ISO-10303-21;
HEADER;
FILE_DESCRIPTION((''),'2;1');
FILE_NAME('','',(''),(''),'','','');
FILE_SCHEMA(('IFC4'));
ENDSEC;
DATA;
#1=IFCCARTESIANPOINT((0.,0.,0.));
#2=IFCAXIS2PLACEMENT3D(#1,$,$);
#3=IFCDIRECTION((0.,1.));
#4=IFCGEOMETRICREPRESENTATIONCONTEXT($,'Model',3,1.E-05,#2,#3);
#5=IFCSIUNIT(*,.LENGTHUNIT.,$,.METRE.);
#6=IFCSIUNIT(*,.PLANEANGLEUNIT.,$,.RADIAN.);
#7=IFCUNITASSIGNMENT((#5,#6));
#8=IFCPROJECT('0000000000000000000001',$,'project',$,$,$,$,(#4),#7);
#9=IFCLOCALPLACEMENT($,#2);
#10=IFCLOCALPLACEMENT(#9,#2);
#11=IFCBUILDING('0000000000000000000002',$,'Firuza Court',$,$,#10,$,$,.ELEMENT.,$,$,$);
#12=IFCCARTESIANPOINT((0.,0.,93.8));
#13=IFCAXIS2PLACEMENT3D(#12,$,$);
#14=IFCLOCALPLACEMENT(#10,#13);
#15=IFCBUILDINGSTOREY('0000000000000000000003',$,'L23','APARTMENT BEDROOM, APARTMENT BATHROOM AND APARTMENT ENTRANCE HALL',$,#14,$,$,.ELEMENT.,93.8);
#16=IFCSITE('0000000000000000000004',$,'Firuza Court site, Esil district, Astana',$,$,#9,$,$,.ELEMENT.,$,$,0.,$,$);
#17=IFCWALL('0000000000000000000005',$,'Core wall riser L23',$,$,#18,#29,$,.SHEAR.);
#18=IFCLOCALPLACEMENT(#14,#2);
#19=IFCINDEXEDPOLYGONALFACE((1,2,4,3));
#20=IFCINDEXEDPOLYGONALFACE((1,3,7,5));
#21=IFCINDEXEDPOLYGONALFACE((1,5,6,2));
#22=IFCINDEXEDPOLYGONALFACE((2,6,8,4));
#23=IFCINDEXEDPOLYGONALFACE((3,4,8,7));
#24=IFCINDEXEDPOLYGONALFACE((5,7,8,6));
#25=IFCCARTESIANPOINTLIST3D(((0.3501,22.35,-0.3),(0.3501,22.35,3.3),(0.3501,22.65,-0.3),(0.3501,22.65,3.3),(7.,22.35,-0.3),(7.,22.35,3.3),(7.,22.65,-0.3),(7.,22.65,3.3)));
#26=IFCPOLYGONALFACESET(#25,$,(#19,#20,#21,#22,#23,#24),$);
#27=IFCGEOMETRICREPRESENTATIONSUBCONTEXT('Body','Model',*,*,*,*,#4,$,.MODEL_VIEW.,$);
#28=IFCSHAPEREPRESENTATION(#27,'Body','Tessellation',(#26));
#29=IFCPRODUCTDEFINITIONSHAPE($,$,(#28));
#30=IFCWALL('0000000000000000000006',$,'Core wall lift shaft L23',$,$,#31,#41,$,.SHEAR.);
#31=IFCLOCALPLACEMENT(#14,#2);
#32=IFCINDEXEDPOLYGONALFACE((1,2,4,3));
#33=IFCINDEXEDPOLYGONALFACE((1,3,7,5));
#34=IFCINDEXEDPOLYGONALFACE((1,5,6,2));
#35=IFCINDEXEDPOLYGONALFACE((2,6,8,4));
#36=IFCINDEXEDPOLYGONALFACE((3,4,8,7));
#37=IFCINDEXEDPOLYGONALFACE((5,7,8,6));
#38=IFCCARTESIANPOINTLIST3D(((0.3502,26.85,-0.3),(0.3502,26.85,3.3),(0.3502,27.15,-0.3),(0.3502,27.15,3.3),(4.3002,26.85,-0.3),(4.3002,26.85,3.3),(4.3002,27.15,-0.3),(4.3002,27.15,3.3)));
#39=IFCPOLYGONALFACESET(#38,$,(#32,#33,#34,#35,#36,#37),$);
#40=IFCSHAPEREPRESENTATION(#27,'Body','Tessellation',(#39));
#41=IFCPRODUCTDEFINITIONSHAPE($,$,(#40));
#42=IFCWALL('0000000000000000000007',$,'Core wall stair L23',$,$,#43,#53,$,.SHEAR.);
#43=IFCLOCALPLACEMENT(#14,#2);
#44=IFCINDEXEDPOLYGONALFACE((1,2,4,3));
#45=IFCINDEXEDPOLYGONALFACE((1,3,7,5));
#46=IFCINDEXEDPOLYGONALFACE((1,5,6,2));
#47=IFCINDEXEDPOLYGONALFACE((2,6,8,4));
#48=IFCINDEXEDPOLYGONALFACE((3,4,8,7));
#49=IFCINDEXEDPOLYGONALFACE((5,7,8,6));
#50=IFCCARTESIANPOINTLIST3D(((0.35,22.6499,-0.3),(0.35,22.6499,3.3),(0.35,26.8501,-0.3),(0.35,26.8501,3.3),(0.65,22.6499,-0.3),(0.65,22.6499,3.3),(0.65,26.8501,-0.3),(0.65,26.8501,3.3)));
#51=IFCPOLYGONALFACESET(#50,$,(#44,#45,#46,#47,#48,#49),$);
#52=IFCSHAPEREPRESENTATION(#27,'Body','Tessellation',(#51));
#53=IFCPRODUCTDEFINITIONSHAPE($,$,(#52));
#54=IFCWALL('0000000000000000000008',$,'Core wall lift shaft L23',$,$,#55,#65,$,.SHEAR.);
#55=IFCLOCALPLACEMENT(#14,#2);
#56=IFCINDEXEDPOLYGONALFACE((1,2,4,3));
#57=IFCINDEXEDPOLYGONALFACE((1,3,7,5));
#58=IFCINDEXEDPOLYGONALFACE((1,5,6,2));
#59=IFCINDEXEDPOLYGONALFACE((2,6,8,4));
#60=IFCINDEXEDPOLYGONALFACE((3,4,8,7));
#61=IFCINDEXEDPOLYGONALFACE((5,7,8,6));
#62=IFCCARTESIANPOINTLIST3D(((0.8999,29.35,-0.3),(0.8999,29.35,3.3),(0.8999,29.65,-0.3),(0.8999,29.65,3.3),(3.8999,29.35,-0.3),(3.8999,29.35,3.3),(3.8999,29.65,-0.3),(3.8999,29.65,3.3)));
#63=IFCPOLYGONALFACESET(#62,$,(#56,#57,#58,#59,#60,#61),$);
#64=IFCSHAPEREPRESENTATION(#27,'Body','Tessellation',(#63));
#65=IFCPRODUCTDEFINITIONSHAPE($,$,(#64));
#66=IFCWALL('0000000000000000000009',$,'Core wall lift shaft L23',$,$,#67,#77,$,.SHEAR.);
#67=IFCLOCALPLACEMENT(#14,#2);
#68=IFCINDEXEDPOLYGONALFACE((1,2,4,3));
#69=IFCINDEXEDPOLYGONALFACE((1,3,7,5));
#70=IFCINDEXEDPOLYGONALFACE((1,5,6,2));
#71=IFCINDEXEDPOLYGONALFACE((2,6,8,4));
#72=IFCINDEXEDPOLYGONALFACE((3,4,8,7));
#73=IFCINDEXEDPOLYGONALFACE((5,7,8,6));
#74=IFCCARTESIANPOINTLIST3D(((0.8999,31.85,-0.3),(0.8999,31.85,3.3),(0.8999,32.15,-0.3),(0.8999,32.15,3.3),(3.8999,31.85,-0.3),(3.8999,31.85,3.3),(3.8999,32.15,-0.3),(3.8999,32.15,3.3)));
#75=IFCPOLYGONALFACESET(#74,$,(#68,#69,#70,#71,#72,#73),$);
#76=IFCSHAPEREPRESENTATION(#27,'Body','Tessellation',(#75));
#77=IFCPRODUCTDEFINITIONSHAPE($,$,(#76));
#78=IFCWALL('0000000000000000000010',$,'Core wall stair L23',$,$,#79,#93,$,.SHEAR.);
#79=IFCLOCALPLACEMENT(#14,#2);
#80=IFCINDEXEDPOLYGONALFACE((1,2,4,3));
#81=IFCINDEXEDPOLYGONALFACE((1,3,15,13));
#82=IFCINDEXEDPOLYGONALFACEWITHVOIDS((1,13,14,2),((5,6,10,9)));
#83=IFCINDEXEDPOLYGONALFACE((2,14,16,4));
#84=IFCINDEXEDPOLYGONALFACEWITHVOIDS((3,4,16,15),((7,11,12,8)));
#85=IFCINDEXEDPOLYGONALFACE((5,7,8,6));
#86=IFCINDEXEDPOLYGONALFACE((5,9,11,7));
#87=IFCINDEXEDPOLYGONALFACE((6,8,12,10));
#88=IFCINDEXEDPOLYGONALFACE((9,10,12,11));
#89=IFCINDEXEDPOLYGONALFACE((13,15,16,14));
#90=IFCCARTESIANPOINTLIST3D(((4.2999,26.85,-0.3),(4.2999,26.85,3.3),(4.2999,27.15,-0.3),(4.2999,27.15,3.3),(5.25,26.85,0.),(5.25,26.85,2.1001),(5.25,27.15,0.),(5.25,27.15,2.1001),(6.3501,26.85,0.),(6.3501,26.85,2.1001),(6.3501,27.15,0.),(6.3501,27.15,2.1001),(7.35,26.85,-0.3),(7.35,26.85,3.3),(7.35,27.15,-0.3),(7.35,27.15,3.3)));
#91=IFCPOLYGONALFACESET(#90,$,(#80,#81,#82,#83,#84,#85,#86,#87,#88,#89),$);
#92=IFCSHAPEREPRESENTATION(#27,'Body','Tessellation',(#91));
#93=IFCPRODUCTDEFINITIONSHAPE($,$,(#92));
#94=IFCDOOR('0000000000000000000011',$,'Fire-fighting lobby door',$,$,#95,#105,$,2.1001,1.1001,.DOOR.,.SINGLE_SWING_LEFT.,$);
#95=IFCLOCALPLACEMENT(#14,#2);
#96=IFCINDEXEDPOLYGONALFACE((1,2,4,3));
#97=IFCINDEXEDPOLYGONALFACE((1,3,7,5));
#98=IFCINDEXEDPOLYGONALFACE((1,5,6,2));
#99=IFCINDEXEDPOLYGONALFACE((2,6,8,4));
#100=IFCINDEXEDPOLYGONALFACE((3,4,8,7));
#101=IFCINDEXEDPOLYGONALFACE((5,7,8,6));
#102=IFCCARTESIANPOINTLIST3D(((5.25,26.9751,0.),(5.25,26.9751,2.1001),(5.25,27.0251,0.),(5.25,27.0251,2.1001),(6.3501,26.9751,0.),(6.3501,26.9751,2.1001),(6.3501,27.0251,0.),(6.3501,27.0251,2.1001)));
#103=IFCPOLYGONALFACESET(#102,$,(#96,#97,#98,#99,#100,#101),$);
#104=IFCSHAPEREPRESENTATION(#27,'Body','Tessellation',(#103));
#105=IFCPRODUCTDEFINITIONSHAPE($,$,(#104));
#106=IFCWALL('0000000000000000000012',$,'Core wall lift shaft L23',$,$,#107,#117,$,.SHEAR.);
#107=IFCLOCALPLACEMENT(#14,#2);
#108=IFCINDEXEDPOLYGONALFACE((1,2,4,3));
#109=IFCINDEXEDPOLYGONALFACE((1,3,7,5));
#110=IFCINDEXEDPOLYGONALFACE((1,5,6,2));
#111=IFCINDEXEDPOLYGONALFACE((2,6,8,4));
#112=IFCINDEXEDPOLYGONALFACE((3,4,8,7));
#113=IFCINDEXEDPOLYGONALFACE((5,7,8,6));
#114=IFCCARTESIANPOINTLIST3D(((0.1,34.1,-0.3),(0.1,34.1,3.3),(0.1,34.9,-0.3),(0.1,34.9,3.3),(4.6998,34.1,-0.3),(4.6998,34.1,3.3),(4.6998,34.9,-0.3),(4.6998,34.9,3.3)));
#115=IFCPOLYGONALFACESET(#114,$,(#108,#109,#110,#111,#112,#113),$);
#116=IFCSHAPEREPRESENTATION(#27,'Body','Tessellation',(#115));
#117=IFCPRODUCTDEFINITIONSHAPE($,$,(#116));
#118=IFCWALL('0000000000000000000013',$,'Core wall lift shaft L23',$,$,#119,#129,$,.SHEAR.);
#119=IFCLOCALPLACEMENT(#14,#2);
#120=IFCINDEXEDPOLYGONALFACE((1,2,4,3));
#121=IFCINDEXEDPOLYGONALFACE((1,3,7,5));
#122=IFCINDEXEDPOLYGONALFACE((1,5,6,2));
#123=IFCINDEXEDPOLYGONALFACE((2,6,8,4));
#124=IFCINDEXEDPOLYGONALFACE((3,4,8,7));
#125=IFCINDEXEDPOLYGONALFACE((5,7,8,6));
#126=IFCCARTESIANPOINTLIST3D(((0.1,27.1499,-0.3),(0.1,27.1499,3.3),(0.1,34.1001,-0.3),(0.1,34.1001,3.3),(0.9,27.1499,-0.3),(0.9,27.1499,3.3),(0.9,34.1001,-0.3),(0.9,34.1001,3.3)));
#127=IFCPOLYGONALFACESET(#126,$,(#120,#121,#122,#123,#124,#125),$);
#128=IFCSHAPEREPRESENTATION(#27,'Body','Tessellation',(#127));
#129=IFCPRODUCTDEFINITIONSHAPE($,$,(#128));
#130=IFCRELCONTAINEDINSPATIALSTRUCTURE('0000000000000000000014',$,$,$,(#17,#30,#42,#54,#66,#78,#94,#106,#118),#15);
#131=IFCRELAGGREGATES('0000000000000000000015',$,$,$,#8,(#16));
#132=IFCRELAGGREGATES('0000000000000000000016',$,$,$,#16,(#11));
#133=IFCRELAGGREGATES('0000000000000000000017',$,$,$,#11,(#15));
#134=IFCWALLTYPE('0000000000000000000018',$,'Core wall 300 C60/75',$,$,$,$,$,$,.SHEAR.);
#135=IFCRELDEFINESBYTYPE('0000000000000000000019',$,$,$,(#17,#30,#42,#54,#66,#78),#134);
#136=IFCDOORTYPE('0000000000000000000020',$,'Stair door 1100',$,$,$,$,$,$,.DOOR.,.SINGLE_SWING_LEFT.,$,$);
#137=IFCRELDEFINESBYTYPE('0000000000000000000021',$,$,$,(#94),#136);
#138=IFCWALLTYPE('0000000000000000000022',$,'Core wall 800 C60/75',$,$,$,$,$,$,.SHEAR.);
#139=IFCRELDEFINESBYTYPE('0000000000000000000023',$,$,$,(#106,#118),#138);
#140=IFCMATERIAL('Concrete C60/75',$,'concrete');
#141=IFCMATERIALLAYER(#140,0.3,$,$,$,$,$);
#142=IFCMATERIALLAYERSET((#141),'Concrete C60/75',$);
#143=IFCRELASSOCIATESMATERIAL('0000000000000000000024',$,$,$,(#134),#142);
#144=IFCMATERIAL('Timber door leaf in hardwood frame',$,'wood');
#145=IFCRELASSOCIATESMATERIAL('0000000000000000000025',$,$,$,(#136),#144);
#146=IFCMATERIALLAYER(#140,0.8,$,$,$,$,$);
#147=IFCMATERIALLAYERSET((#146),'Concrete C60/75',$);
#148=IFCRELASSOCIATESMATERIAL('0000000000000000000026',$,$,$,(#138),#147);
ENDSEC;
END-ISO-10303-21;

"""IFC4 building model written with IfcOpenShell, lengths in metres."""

from ifc_helpers import new_model, si_unit, direction, frame, frame_2d, origin, place, context, subcontext, project, spatial, rectangle, extrude, material, layer, layer_set, type_object, element, fill, save


model = new_model("IFC4")

# Units and contexts
model_context = context("Model", 3, precision=1e-05, world=origin(), true_north=direction((0.0, 1.0)))
body_context = subcontext(model_context, "Body", "Model", "MODEL_VIEW")
ifc_project = project(units=[si_unit("LENGTHUNIT", "METRE"), si_unit("PLANEANGLEUNIT", "RADIAN")], contexts=[model_context])

# Site, building, storey
site_placement = place(None, origin())
site = spatial("IfcSite", under=ifc_project, at=site_placement, Name="Firuza Court site, Esil district, Astana", CompositionType="ELEMENT", RefElevation=0.0)
building_placement = place(site_placement, origin())
building = spatial("IfcBuilding", under=site, at=building_placement, Name="Firuza Court", CompositionType="ELEMENT")
storey_placement = place(building_placement, frame((0.0, 0.0, 93.8)))
storey = spatial("IfcBuildingStorey", under=building, at=storey_placement, Name="L23", Description="APARTMENT BEDROOM, APARTMENT BATHROOM AND APARTMENT ENTRANCE HALL", CompositionType="ELEMENT", Elevation=93.8)

# Walls
ifc_material_1 = material(Name="Concrete C60/75", Category="concrete")
ifc_layer_1 = layer(ifc_material_1, 0.3)
ifc_layer_set_1 = layer_set([ifc_layer_1], Name="Concrete C60/75")
wall_type_1 = type_object("IfcWallType", Name="Core wall 300 C60/75", PredefinedType="SHEAR", material=ifc_layer_set_1)
wall_1_placement = place(storey_placement, frame((0.3501, 22.5, -0.3), z_axis=(0.0, 0.0, 1.0), x_axis=(1.0, 0.0, 0.0)))
element("IfcWall", 1, at=wall_1_placement, inside=storey, type_object=wall_type_1, Name="Core wall riser L23", PredefinedType="SHEAR", context=body_context, shape_type="SweptSolid", body=[
    extrude(rectangle(XDim=6.6499, YDim=0.3, at=frame_2d((3.325, 0.0))), origin(), (0.0, 0.0, 1.0), 3.6001),
])
wall_2_placement = place(storey_placement, frame((0.3501, 27.0, -0.3), z_axis=(0.0, 0.0, 1.0), x_axis=(1.0, 0.0, 0.0)))
element("IfcWall", 2, at=wall_2_placement, inside=storey, type_object=wall_type_1, Name="Core wall lift shaft L23", PredefinedType="SHEAR", context=body_context, shape_type="SweptSolid", body=[
    extrude(rectangle(XDim=3.95, YDim=0.3, at=frame_2d((1.9751, 0.0))), origin(), (0.0, 0.0, 1.0), 3.6001),
])
wall_3_placement = place(storey_placement, frame((0.5, 22.6499, -0.3), z_axis=(0.0, 0.0, 1.0), x_axis=(0.0, 1.0, 0.0)))
element("IfcWall", 3, at=wall_3_placement, inside=storey, type_object=wall_type_1, Name="Core wall stair L23", PredefinedType="SHEAR", context=body_context, shape_type="SweptSolid", body=[
    extrude(rectangle(XDim=4.2002, YDim=0.3, at=frame_2d((2.1001, 0.0))), origin(), (0.0, 0.0, 1.0), 3.6001),
])
for number, where, z_axis, x_axis, name in (
    (4, (0.8999, 29.5, -0.3), (0.0, 0.0, 1.0), (1.0, 0.0, 0.0), "Core wall lift shaft L23"),
    (5, (0.8999, 32.0, -0.3), (0.0, 0.0, 1.0), (1.0, 0.0, 0.0), "Core wall lift shaft L23"),
):
    element("IfcWall", number, at=place(storey_placement, frame(where, z_axis=z_axis, x_axis=x_axis)), inside=storey, type_object=wall_type_1, Name=name, PredefinedType="SHEAR", context=body_context, shape_type="SweptSolid", body=[
        extrude(rectangle(XDim=3.0, YDim=0.3, at=frame_2d((1.5, 0.0))), origin(), (0.0, 0.0, 1.0), 3.6001),
    ])

# Wall, opening, door
wall_4_placement = place(storey_placement, frame((4.3, 27.0, -0.3), z_axis=(0.0, 0.0, 1.0), x_axis=(1.0, 0.0, 0.0)))
wall_4 = element("IfcWall", 6, at=wall_4_placement, inside=storey, type_object=wall_type_1, Name="Core wall stair L23", PredefinedType="SHEAR", context=body_context, shape_type="SweptSolid", body=[
    extrude(rectangle(XDim=3.05, YDim=0.3, at=frame_2d((1.5249, 0.0))), origin(), (0.0, 0.0, 1.0), 3.6001),
])
opening_1_placement = place(wall_4_placement, frame((0.95, 0.0, 0.3)))
opening_1 = element("IfcOpeningElement", 7, at=opening_1_placement, cuts=wall_4, PredefinedType="OPENING", context=body_context, shape_type="SweptSolid", body=[
    extrude(rectangle(XDim=1.1001, YDim=2.1001, at=frame_2d((0.55, 1.05))), frame((0.0, 0.1621, 0.0), z_axis=(0.0, -1.0, 0.0), x_axis=(1.0, 0.0, 0.0)), (0.0, 0.0, 1.0), 0.324),
])
ifc_material_2 = material(Name="Timber door leaf in hardwood frame", Category="wood")
door_type_1 = type_object("IfcDoorType", Name="Stair door 1100", OperationType="SINGLE_SWING_LEFT", PredefinedType="DOOR", material=ifc_material_2)
door_1_placement = place(opening_1_placement, frame((1.1001, 0.0, 0.0), z_axis=(0.0, 0.0, 1.0), x_axis=(-1.0, 0.0, 0.0)))
door_1 = element("IfcDoor", 8, at=door_1_placement, inside=storey, type_object=door_type_1, Name="Fire-fighting lobby door", OperationType="SINGLE_SWING_LEFT", OverallHeight=2.1001, OverallWidth=1.1001, PredefinedType="DOOR", context=body_context, shape_type="SweptSolid", body=[
    extrude(rectangle(XDim=1.1001, YDim=2.1001, at=frame_2d((0.55, 1.05))), frame((0.0, 0.0249, 0.0), z_axis=(0.0, -1.0, 0.0), x_axis=(1.0, 0.0, 0.0)), (0.0, 0.0, 1.0), 0.05),
])
fill(opening_1, door_1)

# Walls
ifc_layer_2 = layer(ifc_material_1, 0.8)
ifc_layer_set_2 = layer_set([ifc_layer_2], Name="Concrete C60/75")
wall_type_2 = type_object("IfcWallType", Name="Core wall 800 C60/75", PredefinedType="SHEAR", material=ifc_layer_set_2)
wall_5_placement = place(storey_placement, frame((0.1001, 34.5, -0.3), z_axis=(0.0, 0.0, 1.0), x_axis=(1.0, 0.0, 0.0)))
element("IfcWall", 9, at=wall_5_placement, inside=storey, type_object=wall_type_2, Name="Core wall lift shaft L23", PredefinedType="SHEAR", context=body_context, shape_type="SweptSolid", body=[
    extrude(rectangle(XDim=4.5999, YDim=0.8, at=frame_2d((2.2998, 0.0))), origin(), (0.0, 0.0, 1.0), 3.6001),
])
wall_6_placement = place(storey_placement, frame((0.5, 27.1499, -0.3), z_axis=(0.0, 0.0, 1.0), x_axis=(0.0, 1.0, 0.0)))
element("IfcWall", 10, at=wall_6_placement, inside=storey, type_object=wall_type_2, Name="Core wall lift shaft L23", PredefinedType="SHEAR", context=body_context, shape_type="SweptSolid", body=[
    extrude(rectangle(XDim=6.9502, YDim=0.8, at=frame_2d((3.4751, 0.0))), origin(), (0.0, 0.0, 1.0), 3.6001),
])

save(model, "model.ifc")
